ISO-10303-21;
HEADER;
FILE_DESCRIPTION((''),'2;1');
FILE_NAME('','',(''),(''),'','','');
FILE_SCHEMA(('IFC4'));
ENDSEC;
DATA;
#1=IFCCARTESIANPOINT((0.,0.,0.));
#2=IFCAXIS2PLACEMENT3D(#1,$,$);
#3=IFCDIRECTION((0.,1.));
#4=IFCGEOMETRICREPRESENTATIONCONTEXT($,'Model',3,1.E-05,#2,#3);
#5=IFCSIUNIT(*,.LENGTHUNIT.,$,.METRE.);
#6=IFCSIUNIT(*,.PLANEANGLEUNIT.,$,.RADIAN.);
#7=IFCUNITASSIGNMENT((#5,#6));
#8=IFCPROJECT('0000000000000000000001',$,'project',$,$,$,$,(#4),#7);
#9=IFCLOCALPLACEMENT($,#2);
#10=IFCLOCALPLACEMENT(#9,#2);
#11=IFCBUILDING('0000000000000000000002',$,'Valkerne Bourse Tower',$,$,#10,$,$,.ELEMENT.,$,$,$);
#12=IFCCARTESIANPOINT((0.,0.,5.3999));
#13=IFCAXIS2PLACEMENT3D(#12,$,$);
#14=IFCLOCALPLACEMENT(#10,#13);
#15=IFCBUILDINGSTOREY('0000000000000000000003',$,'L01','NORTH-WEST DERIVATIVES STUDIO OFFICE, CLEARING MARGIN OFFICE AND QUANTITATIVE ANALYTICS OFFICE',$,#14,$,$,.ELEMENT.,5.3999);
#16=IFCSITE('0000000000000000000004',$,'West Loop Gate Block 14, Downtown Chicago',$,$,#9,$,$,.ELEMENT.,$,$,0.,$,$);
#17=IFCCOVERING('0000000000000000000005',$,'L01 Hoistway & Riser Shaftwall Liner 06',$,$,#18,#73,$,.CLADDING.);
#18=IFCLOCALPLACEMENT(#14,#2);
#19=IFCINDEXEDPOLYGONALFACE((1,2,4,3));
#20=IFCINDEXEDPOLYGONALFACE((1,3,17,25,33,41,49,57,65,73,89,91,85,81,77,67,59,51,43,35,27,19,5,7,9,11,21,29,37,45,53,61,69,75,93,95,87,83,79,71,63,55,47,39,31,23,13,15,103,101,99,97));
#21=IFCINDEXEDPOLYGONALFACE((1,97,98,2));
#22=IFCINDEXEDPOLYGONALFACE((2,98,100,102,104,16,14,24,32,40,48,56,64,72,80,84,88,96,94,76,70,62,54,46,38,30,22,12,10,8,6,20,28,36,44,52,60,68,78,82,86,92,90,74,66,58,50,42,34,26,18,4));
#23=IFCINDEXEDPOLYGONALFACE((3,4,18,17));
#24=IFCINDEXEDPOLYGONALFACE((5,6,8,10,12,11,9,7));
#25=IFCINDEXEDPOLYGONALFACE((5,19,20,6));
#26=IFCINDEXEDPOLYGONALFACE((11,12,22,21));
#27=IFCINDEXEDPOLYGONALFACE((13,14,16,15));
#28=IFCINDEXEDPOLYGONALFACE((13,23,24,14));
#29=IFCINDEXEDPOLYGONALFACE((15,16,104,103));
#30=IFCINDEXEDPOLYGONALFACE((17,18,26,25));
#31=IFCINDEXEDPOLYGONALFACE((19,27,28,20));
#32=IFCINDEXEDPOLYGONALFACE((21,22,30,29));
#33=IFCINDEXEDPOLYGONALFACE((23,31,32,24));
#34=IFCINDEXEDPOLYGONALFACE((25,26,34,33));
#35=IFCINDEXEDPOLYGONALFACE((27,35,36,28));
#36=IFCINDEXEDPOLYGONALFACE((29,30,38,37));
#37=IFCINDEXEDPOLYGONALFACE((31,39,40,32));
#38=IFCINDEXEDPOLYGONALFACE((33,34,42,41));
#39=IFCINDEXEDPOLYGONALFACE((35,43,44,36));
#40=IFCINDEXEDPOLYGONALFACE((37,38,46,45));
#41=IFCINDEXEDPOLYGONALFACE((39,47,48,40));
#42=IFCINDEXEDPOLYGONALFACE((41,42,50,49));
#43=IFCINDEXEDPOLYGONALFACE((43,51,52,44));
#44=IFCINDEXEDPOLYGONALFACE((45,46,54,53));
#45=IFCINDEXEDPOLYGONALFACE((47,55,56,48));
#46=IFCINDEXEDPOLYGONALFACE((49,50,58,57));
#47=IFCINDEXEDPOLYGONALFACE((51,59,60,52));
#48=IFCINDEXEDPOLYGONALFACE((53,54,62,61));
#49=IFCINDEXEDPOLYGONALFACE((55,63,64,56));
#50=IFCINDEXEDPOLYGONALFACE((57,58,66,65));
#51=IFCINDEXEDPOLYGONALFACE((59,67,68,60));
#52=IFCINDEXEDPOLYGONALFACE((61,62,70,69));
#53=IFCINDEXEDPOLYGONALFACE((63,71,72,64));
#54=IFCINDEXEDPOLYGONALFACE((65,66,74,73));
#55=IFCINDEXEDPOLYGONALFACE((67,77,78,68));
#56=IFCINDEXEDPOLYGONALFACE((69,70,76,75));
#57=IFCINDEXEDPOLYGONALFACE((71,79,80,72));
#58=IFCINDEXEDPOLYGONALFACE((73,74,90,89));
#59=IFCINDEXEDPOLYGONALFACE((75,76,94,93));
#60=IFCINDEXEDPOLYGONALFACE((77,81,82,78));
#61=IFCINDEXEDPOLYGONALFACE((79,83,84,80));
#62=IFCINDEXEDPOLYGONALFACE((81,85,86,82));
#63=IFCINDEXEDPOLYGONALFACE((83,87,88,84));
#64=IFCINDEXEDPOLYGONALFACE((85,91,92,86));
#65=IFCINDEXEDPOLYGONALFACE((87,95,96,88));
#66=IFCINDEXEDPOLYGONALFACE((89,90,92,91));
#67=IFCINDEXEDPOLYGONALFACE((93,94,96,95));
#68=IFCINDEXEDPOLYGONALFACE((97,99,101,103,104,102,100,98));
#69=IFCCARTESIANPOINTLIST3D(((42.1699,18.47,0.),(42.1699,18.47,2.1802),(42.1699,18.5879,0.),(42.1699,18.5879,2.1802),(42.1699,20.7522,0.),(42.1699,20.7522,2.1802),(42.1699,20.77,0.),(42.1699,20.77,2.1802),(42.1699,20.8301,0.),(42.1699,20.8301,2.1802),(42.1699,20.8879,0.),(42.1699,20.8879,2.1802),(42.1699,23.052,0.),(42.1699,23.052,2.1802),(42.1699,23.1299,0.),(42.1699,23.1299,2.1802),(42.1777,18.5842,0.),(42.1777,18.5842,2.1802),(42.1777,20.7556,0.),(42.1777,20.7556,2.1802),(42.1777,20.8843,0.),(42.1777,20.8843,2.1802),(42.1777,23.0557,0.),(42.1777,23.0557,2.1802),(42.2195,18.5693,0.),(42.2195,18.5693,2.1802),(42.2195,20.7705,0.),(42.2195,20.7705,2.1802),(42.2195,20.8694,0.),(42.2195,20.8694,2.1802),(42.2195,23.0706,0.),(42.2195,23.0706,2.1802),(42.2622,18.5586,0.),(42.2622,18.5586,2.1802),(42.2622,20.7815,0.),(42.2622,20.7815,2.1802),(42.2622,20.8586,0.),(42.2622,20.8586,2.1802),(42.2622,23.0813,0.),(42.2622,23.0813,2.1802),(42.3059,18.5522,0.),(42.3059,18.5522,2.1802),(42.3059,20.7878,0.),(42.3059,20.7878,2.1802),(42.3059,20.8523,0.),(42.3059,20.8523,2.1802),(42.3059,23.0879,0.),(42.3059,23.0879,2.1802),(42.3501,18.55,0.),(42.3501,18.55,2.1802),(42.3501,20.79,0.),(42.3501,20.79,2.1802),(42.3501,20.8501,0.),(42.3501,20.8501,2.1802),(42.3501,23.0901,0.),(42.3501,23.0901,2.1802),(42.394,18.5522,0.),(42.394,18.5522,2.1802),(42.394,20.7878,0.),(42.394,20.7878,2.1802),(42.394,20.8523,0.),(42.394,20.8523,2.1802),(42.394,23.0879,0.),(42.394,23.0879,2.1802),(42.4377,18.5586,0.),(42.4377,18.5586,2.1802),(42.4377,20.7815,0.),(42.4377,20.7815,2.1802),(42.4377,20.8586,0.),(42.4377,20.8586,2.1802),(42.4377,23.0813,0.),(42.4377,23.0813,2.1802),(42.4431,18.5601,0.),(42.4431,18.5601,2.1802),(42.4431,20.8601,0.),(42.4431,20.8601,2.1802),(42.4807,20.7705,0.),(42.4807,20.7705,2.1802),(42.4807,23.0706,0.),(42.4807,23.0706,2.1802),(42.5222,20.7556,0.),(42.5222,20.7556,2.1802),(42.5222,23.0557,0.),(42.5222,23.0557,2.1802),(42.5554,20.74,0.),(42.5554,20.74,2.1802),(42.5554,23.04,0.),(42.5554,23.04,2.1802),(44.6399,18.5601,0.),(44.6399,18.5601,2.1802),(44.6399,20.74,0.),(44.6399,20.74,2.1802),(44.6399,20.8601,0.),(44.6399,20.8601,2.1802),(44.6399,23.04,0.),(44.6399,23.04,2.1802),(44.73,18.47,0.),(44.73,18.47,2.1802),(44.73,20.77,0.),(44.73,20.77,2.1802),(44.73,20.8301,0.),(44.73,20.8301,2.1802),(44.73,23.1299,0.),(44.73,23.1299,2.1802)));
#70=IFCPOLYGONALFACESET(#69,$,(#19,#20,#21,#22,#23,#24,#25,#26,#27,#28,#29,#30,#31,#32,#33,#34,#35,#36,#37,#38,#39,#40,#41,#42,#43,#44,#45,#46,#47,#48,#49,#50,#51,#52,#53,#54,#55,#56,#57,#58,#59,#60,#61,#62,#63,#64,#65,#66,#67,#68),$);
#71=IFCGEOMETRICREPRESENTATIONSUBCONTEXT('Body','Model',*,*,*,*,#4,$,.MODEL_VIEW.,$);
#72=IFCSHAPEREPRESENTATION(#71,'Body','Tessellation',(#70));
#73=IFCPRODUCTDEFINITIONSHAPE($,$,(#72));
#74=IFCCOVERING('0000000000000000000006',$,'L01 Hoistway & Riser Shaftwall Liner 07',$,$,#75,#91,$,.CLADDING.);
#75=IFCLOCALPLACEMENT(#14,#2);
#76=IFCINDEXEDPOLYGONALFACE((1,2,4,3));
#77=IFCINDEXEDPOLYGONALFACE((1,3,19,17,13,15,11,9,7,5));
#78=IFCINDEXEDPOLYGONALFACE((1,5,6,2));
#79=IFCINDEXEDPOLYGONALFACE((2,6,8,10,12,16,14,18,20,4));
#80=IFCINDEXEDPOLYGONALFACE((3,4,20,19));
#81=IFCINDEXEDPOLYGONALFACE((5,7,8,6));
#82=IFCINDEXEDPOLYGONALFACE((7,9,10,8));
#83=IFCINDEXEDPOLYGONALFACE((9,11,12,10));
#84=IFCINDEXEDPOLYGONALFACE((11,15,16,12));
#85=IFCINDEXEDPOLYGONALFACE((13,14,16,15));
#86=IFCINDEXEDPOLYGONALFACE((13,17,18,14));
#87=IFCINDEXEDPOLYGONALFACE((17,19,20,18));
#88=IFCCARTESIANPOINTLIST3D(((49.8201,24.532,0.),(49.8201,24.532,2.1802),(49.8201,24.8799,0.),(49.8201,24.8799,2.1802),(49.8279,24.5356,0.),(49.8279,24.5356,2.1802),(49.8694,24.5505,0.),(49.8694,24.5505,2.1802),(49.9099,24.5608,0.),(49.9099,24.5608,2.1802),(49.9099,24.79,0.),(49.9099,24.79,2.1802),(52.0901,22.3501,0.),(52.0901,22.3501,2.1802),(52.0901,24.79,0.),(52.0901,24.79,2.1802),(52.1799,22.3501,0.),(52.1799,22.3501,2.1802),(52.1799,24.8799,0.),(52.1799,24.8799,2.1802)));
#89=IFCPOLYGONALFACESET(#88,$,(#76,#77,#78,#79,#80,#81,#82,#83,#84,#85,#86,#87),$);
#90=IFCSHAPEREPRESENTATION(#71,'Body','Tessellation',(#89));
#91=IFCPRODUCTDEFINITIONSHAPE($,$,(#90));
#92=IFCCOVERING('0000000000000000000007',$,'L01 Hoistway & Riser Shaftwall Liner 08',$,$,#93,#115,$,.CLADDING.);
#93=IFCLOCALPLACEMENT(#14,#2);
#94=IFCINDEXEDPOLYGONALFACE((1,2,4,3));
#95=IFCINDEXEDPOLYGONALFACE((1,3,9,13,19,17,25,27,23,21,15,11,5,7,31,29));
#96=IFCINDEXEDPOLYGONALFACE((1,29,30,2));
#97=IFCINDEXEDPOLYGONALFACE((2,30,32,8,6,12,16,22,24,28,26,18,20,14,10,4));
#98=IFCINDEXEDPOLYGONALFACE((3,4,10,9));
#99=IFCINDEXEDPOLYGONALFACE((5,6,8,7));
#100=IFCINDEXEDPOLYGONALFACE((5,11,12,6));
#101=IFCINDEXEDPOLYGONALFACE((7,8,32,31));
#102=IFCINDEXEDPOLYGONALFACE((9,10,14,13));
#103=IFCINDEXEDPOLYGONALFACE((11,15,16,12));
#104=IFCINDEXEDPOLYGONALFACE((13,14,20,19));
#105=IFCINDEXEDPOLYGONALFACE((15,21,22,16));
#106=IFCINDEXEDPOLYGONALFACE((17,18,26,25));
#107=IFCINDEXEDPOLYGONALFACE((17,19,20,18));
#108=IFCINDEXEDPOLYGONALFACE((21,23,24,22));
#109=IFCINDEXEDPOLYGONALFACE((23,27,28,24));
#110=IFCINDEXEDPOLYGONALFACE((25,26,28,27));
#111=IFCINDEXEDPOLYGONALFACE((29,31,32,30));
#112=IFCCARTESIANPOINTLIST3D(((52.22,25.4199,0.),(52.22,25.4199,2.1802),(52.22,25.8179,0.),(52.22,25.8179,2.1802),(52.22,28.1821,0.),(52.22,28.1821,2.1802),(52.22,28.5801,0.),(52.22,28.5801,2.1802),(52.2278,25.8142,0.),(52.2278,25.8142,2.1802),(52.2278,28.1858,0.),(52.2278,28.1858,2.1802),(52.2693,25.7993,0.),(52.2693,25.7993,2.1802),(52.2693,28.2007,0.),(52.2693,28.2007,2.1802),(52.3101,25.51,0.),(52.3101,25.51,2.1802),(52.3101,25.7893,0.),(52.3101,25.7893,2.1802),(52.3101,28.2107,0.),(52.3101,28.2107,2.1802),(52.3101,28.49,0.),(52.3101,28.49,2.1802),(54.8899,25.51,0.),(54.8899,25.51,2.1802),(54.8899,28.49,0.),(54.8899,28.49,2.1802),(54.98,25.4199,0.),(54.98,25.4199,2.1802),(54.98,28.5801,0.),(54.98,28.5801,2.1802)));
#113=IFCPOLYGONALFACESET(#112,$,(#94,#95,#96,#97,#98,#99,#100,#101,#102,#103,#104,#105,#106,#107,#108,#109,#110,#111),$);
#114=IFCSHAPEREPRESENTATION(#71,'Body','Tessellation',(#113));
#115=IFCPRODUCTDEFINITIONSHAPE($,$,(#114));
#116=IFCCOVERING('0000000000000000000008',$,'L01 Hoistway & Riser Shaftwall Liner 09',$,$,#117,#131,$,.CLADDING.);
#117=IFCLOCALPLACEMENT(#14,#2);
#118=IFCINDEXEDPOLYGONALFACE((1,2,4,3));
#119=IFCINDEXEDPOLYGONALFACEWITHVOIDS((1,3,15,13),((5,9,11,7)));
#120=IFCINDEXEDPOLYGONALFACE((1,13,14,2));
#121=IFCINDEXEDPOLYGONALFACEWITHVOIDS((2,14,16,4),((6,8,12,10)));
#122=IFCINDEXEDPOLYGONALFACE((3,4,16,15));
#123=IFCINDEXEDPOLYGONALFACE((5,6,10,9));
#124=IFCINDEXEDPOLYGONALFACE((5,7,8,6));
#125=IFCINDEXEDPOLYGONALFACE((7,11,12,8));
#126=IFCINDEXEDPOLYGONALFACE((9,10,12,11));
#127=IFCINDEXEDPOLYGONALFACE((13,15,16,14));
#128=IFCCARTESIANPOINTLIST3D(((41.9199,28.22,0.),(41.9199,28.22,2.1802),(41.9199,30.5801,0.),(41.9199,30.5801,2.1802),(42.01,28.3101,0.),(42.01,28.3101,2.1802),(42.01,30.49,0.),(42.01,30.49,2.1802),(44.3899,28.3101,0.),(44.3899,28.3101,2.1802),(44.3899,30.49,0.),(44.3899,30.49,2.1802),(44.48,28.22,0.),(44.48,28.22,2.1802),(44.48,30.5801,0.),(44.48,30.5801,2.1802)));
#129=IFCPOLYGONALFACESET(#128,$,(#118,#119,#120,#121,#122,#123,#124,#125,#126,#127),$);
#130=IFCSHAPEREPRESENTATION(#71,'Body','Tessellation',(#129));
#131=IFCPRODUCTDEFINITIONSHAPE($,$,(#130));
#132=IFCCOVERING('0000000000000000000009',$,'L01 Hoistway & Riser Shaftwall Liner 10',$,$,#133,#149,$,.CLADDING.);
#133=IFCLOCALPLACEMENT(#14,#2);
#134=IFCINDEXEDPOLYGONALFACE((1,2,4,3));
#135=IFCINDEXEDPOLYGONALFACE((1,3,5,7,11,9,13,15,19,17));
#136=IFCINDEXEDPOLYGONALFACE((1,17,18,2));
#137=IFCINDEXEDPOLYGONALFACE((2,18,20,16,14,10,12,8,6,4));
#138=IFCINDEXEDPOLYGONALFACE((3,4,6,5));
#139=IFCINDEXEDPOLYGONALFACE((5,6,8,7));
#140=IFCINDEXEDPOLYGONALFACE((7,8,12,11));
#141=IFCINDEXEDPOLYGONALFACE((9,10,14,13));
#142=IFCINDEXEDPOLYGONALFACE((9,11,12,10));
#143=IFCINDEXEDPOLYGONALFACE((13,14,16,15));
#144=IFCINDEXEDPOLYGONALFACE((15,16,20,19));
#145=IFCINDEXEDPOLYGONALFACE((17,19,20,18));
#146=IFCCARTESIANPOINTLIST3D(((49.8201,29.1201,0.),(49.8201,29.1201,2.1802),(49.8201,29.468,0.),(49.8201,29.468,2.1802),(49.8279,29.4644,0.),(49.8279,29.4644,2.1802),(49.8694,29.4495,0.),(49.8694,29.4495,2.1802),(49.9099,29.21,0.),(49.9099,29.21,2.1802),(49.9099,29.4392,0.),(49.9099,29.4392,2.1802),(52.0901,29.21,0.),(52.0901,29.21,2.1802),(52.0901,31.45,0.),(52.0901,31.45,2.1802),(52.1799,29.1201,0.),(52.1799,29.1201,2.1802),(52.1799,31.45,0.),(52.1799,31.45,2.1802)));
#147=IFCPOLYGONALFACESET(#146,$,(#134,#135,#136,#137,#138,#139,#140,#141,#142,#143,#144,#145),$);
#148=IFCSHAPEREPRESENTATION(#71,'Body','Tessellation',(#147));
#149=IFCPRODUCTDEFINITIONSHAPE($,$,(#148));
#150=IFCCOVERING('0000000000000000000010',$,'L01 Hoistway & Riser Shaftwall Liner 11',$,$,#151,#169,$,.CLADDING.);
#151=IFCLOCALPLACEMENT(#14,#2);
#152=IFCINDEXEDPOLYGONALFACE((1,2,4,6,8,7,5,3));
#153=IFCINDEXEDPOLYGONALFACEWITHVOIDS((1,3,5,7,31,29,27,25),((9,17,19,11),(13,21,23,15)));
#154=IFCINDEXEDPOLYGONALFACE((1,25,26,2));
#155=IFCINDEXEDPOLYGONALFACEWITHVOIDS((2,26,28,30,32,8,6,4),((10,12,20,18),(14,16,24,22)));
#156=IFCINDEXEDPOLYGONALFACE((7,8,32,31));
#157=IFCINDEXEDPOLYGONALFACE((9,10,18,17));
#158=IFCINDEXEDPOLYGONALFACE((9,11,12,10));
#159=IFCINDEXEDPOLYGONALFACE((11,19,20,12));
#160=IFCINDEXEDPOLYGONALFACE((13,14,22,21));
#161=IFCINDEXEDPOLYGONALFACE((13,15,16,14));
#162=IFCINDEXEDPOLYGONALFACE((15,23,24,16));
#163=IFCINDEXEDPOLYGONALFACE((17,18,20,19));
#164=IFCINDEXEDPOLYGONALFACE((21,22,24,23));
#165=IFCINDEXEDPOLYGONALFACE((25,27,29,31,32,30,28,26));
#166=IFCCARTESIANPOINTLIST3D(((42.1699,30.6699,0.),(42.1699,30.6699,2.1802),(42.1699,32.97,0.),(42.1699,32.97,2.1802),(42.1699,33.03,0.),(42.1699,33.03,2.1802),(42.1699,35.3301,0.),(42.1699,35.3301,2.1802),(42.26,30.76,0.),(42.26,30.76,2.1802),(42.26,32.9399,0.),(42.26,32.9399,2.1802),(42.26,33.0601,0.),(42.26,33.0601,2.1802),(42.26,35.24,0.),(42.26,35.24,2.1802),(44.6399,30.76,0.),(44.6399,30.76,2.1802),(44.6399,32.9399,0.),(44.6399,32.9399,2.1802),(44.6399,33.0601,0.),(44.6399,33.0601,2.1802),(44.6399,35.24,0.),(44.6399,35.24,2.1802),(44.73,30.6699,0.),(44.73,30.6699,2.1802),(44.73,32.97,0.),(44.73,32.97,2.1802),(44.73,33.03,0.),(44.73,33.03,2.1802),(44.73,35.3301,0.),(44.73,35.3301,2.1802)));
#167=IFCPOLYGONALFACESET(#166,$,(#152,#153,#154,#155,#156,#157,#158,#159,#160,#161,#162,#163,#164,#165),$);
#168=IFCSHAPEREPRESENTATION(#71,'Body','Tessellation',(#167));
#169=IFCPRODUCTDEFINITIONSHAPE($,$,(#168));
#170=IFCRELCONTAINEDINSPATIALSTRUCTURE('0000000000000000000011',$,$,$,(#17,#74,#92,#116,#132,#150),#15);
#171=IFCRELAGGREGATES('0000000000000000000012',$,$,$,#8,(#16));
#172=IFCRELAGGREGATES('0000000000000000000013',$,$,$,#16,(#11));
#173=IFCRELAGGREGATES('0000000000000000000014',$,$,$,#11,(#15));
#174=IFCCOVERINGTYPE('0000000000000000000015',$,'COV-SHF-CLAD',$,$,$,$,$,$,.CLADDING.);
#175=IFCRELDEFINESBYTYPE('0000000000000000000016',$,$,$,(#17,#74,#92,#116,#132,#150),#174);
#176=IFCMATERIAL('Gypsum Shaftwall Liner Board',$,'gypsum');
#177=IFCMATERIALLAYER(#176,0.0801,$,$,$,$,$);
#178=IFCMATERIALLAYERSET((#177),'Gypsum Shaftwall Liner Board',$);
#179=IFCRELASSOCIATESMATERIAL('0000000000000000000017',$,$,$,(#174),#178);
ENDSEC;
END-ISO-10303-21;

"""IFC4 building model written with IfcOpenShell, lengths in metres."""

from ifc_helpers import new_model, si_unit, direction, frame, origin, place, context, subcontext, project, spatial, polyline, outline, extrude, material, layer, layer_set, type_object, element, save


model = new_model("IFC4")

# Units and contexts
model_context = context("Model", 3, precision=1e-05, world=origin(), true_north=direction((0.0, 1.0)))
body_context = subcontext(model_context, "Body", "Model", "MODEL_VIEW")
ifc_project = project(units=[si_unit("LENGTHUNIT", "METRE"), si_unit("PLANEANGLEUNIT", "RADIAN")], contexts=[model_context])

# Site, building, storey
site_placement = place(None, origin())
site = spatial("IfcSite", under=ifc_project, at=site_placement, Name="West Loop Gate Block 14, Downtown Chicago", CompositionType="ELEMENT", RefElevation=0.0)
building_placement = place(site_placement, origin())
building = spatial("IfcBuilding", under=site, at=building_placement, Name="Valkerne Bourse Tower", CompositionType="ELEMENT")
storey_placement = place(building_placement, frame((0.0, 0.0, 5.3999)))
storey = spatial("IfcBuildingStorey", under=building, at=storey_placement, Name="L01", Description="NORTH-WEST DERIVATIVES STUDIO OFFICE, CLEARING MARGIN OFFICE AND QUANTITATIVE ANALYTICS OFFICE", CompositionType="ELEMENT", Elevation=5.3999)

# Coverings
ifc_material_1 = material(Name="Gypsum Shaftwall Liner Board", Category="gypsum")
ifc_layer_1 = layer(ifc_material_1, 0.0801)
ifc_layer_set_1 = layer_set([ifc_layer_1], Name="Gypsum Shaftwall Liner Board")
covering_type_1 = type_object("IfcCoveringType", Name="COV-SHF-CLAD", PredefinedType="CLADDING", material=ifc_layer_set_1)
covering_1_placement = place(storey_placement, origin())
element("IfcCovering", 1, at=covering_1_placement, inside=storey, type_object=covering_type_1, Name="L01 Hoistway & Riser Shaftwall Liner 06", PredefinedType="CLADDING", context=body_context, shape_type="SweptSolid", body=[
    extrude(outline(polyline([(42.1699, 20.8301), (42.1699, 20.8879), (42.1777, 20.8843), (42.2195, 20.8694), (42.2622, 20.8586), (42.3059, 20.8523), (42.3501, 20.8501), (42.394, 20.8523), (42.4377, 20.8586), (42.4431, 20.8601), (44.6399, 20.8601), (44.6399, 23.04), (42.5554, 23.04), (42.5222, 23.0557), (42.4807, 23.0706), (42.4377, 23.0813), (42.394, 23.0879), (42.3501, 23.0901), (42.3059, 23.0879), (42.2622, 23.0813), (42.2195, 23.0706), (42.1777, 23.0557), (42.1699, 23.052), (42.1699, 23.1299), (44.73, 23.1299), (44.73, 20.8301), (44.73, 20.77), (44.73, 18.47), (42.1699, 18.47), (42.1699, 18.5879), (42.1777, 18.5842), (42.2195, 18.5693), (42.2622, 18.5586), (42.3059, 18.5522), (42.3501, 18.55), (42.394, 18.5522), (42.4377, 18.5586), (42.4431, 18.5601), (44.6399, 18.5601), (44.6399, 20.74), (42.5554, 20.74), (42.5222, 20.7556), (42.4807, 20.7705), (42.4377, 20.7815), (42.394, 20.7878), (42.3501, 20.79), (42.3059, 20.7878), (42.2622, 20.7815), (42.2195, 20.7705), (42.1777, 20.7556), (42.1699, 20.7522), (42.1699, 20.77), (42.1699, 20.8301)])), origin(), (0.0, 0.0, 1.0), 2.1802),
])
covering_2_placement = place(storey_placement, origin())
element("IfcCovering", 2, at=covering_2_placement, inside=storey, type_object=covering_type_1, Name="L01 Hoistway & Riser Shaftwall Liner 07", PredefinedType="CLADDING", context=body_context, shape_type="SweptSolid", body=[
    extrude(outline(polyline([(52.1799, 22.3501), (52.0901, 22.3501), (52.0901, 24.79), (49.9099, 24.79), (49.9099, 24.5608), (49.8694, 24.5505), (49.8279, 24.5356), (49.8201, 24.532), (49.8201, 24.8799), (52.1799, 24.8799), (52.1799, 22.3501)])), origin(), (0.0, 0.0, 1.0), 2.1802),
])
covering_3_placement = place(storey_placement, origin())
element("IfcCovering", 3, at=covering_3_placement, inside=storey, type_object=covering_type_1, Name="L01 Hoistway & Riser Shaftwall Liner 08", PredefinedType="CLADDING", context=body_context, shape_type="SweptSolid", body=[
    extrude(outline(polyline([(54.98, 25.4199), (52.22, 25.4199), (52.22, 25.8179), (52.2278, 25.8142), (52.2693, 25.7993), (52.3101, 25.7893), (52.3101, 25.51), (54.8899, 25.51), (54.8899, 28.49), (52.3101, 28.49), (52.3101, 28.2107), (52.2693, 28.2007), (52.2278, 28.1858), (52.22, 28.1821), (52.22, 28.5801), (54.98, 28.5801), (54.98, 25.4199)])), origin(), (0.0, 0.0, 1.0), 2.1802),
])
covering_4_placement = place(storey_placement, origin())
element("IfcCovering", 4, at=covering_4_placement, inside=storey, type_object=covering_type_1, Name="L01 Hoistway & Riser Shaftwall Liner 09", PredefinedType="CLADDING", context=body_context, shape_type="SweptSolid", body=[
    extrude(outline(polyline([(44.48, 28.22), (41.9199, 28.22), (41.9199, 30.5801), (44.48, 30.5801), (44.48, 28.22)]), holes=[polyline([(42.01, 30.49), (42.01, 28.3101), (44.3899, 28.3101), (44.3899, 30.49), (42.01, 30.49)])]), origin(), (0.0, 0.0, 1.0), 2.1802),
])
covering_5_placement = place(storey_placement, origin())
element("IfcCovering", 5, at=covering_5_placement, inside=storey, type_object=covering_type_1, Name="L01 Hoistway & Riser Shaftwall Liner 10", PredefinedType="CLADDING", context=body_context, shape_type="SweptSolid", body=[
    extrude(outline(polyline([(49.8201, 29.1201), (49.8201, 29.468), (49.8279, 29.4644), (49.8694, 29.4495), (49.9099, 29.4392), (49.9099, 29.21), (52.0901, 29.21), (52.0901, 31.45), (52.1799, 31.45), (52.1799, 29.1201), (49.8201, 29.1201)])), origin(), (0.0, 0.0, 1.0), 2.1802),
])
covering_6_placement = place(storey_placement, origin())
element("IfcCovering", 6, at=covering_6_placement, inside=storey, type_object=covering_type_1, Name="L01 Hoistway & Riser Shaftwall Liner 11", PredefinedType="CLADDING", context=body_context, shape_type="SweptSolid", body=[
    extrude(outline(polyline([(44.73, 35.3301), (44.73, 33.03), (44.73, 32.97), (44.73, 30.6699), (42.1699, 30.6699), (42.1699, 32.97), (42.1699, 33.03), (42.1699, 35.3301), (44.73, 35.3301)]), holes=[polyline([(42.26, 30.76), (44.6399, 30.76), (44.6399, 32.9399), (42.26, 32.9399), (42.26, 30.76)]), polyline([(42.26, 33.0601), (44.6399, 33.0601), (44.6399, 35.24), (42.26, 35.24), (42.26, 33.0601)])]), origin(), (0.0, 0.0, 1.0), 2.1802),
])

save(model, "model.ifc")
